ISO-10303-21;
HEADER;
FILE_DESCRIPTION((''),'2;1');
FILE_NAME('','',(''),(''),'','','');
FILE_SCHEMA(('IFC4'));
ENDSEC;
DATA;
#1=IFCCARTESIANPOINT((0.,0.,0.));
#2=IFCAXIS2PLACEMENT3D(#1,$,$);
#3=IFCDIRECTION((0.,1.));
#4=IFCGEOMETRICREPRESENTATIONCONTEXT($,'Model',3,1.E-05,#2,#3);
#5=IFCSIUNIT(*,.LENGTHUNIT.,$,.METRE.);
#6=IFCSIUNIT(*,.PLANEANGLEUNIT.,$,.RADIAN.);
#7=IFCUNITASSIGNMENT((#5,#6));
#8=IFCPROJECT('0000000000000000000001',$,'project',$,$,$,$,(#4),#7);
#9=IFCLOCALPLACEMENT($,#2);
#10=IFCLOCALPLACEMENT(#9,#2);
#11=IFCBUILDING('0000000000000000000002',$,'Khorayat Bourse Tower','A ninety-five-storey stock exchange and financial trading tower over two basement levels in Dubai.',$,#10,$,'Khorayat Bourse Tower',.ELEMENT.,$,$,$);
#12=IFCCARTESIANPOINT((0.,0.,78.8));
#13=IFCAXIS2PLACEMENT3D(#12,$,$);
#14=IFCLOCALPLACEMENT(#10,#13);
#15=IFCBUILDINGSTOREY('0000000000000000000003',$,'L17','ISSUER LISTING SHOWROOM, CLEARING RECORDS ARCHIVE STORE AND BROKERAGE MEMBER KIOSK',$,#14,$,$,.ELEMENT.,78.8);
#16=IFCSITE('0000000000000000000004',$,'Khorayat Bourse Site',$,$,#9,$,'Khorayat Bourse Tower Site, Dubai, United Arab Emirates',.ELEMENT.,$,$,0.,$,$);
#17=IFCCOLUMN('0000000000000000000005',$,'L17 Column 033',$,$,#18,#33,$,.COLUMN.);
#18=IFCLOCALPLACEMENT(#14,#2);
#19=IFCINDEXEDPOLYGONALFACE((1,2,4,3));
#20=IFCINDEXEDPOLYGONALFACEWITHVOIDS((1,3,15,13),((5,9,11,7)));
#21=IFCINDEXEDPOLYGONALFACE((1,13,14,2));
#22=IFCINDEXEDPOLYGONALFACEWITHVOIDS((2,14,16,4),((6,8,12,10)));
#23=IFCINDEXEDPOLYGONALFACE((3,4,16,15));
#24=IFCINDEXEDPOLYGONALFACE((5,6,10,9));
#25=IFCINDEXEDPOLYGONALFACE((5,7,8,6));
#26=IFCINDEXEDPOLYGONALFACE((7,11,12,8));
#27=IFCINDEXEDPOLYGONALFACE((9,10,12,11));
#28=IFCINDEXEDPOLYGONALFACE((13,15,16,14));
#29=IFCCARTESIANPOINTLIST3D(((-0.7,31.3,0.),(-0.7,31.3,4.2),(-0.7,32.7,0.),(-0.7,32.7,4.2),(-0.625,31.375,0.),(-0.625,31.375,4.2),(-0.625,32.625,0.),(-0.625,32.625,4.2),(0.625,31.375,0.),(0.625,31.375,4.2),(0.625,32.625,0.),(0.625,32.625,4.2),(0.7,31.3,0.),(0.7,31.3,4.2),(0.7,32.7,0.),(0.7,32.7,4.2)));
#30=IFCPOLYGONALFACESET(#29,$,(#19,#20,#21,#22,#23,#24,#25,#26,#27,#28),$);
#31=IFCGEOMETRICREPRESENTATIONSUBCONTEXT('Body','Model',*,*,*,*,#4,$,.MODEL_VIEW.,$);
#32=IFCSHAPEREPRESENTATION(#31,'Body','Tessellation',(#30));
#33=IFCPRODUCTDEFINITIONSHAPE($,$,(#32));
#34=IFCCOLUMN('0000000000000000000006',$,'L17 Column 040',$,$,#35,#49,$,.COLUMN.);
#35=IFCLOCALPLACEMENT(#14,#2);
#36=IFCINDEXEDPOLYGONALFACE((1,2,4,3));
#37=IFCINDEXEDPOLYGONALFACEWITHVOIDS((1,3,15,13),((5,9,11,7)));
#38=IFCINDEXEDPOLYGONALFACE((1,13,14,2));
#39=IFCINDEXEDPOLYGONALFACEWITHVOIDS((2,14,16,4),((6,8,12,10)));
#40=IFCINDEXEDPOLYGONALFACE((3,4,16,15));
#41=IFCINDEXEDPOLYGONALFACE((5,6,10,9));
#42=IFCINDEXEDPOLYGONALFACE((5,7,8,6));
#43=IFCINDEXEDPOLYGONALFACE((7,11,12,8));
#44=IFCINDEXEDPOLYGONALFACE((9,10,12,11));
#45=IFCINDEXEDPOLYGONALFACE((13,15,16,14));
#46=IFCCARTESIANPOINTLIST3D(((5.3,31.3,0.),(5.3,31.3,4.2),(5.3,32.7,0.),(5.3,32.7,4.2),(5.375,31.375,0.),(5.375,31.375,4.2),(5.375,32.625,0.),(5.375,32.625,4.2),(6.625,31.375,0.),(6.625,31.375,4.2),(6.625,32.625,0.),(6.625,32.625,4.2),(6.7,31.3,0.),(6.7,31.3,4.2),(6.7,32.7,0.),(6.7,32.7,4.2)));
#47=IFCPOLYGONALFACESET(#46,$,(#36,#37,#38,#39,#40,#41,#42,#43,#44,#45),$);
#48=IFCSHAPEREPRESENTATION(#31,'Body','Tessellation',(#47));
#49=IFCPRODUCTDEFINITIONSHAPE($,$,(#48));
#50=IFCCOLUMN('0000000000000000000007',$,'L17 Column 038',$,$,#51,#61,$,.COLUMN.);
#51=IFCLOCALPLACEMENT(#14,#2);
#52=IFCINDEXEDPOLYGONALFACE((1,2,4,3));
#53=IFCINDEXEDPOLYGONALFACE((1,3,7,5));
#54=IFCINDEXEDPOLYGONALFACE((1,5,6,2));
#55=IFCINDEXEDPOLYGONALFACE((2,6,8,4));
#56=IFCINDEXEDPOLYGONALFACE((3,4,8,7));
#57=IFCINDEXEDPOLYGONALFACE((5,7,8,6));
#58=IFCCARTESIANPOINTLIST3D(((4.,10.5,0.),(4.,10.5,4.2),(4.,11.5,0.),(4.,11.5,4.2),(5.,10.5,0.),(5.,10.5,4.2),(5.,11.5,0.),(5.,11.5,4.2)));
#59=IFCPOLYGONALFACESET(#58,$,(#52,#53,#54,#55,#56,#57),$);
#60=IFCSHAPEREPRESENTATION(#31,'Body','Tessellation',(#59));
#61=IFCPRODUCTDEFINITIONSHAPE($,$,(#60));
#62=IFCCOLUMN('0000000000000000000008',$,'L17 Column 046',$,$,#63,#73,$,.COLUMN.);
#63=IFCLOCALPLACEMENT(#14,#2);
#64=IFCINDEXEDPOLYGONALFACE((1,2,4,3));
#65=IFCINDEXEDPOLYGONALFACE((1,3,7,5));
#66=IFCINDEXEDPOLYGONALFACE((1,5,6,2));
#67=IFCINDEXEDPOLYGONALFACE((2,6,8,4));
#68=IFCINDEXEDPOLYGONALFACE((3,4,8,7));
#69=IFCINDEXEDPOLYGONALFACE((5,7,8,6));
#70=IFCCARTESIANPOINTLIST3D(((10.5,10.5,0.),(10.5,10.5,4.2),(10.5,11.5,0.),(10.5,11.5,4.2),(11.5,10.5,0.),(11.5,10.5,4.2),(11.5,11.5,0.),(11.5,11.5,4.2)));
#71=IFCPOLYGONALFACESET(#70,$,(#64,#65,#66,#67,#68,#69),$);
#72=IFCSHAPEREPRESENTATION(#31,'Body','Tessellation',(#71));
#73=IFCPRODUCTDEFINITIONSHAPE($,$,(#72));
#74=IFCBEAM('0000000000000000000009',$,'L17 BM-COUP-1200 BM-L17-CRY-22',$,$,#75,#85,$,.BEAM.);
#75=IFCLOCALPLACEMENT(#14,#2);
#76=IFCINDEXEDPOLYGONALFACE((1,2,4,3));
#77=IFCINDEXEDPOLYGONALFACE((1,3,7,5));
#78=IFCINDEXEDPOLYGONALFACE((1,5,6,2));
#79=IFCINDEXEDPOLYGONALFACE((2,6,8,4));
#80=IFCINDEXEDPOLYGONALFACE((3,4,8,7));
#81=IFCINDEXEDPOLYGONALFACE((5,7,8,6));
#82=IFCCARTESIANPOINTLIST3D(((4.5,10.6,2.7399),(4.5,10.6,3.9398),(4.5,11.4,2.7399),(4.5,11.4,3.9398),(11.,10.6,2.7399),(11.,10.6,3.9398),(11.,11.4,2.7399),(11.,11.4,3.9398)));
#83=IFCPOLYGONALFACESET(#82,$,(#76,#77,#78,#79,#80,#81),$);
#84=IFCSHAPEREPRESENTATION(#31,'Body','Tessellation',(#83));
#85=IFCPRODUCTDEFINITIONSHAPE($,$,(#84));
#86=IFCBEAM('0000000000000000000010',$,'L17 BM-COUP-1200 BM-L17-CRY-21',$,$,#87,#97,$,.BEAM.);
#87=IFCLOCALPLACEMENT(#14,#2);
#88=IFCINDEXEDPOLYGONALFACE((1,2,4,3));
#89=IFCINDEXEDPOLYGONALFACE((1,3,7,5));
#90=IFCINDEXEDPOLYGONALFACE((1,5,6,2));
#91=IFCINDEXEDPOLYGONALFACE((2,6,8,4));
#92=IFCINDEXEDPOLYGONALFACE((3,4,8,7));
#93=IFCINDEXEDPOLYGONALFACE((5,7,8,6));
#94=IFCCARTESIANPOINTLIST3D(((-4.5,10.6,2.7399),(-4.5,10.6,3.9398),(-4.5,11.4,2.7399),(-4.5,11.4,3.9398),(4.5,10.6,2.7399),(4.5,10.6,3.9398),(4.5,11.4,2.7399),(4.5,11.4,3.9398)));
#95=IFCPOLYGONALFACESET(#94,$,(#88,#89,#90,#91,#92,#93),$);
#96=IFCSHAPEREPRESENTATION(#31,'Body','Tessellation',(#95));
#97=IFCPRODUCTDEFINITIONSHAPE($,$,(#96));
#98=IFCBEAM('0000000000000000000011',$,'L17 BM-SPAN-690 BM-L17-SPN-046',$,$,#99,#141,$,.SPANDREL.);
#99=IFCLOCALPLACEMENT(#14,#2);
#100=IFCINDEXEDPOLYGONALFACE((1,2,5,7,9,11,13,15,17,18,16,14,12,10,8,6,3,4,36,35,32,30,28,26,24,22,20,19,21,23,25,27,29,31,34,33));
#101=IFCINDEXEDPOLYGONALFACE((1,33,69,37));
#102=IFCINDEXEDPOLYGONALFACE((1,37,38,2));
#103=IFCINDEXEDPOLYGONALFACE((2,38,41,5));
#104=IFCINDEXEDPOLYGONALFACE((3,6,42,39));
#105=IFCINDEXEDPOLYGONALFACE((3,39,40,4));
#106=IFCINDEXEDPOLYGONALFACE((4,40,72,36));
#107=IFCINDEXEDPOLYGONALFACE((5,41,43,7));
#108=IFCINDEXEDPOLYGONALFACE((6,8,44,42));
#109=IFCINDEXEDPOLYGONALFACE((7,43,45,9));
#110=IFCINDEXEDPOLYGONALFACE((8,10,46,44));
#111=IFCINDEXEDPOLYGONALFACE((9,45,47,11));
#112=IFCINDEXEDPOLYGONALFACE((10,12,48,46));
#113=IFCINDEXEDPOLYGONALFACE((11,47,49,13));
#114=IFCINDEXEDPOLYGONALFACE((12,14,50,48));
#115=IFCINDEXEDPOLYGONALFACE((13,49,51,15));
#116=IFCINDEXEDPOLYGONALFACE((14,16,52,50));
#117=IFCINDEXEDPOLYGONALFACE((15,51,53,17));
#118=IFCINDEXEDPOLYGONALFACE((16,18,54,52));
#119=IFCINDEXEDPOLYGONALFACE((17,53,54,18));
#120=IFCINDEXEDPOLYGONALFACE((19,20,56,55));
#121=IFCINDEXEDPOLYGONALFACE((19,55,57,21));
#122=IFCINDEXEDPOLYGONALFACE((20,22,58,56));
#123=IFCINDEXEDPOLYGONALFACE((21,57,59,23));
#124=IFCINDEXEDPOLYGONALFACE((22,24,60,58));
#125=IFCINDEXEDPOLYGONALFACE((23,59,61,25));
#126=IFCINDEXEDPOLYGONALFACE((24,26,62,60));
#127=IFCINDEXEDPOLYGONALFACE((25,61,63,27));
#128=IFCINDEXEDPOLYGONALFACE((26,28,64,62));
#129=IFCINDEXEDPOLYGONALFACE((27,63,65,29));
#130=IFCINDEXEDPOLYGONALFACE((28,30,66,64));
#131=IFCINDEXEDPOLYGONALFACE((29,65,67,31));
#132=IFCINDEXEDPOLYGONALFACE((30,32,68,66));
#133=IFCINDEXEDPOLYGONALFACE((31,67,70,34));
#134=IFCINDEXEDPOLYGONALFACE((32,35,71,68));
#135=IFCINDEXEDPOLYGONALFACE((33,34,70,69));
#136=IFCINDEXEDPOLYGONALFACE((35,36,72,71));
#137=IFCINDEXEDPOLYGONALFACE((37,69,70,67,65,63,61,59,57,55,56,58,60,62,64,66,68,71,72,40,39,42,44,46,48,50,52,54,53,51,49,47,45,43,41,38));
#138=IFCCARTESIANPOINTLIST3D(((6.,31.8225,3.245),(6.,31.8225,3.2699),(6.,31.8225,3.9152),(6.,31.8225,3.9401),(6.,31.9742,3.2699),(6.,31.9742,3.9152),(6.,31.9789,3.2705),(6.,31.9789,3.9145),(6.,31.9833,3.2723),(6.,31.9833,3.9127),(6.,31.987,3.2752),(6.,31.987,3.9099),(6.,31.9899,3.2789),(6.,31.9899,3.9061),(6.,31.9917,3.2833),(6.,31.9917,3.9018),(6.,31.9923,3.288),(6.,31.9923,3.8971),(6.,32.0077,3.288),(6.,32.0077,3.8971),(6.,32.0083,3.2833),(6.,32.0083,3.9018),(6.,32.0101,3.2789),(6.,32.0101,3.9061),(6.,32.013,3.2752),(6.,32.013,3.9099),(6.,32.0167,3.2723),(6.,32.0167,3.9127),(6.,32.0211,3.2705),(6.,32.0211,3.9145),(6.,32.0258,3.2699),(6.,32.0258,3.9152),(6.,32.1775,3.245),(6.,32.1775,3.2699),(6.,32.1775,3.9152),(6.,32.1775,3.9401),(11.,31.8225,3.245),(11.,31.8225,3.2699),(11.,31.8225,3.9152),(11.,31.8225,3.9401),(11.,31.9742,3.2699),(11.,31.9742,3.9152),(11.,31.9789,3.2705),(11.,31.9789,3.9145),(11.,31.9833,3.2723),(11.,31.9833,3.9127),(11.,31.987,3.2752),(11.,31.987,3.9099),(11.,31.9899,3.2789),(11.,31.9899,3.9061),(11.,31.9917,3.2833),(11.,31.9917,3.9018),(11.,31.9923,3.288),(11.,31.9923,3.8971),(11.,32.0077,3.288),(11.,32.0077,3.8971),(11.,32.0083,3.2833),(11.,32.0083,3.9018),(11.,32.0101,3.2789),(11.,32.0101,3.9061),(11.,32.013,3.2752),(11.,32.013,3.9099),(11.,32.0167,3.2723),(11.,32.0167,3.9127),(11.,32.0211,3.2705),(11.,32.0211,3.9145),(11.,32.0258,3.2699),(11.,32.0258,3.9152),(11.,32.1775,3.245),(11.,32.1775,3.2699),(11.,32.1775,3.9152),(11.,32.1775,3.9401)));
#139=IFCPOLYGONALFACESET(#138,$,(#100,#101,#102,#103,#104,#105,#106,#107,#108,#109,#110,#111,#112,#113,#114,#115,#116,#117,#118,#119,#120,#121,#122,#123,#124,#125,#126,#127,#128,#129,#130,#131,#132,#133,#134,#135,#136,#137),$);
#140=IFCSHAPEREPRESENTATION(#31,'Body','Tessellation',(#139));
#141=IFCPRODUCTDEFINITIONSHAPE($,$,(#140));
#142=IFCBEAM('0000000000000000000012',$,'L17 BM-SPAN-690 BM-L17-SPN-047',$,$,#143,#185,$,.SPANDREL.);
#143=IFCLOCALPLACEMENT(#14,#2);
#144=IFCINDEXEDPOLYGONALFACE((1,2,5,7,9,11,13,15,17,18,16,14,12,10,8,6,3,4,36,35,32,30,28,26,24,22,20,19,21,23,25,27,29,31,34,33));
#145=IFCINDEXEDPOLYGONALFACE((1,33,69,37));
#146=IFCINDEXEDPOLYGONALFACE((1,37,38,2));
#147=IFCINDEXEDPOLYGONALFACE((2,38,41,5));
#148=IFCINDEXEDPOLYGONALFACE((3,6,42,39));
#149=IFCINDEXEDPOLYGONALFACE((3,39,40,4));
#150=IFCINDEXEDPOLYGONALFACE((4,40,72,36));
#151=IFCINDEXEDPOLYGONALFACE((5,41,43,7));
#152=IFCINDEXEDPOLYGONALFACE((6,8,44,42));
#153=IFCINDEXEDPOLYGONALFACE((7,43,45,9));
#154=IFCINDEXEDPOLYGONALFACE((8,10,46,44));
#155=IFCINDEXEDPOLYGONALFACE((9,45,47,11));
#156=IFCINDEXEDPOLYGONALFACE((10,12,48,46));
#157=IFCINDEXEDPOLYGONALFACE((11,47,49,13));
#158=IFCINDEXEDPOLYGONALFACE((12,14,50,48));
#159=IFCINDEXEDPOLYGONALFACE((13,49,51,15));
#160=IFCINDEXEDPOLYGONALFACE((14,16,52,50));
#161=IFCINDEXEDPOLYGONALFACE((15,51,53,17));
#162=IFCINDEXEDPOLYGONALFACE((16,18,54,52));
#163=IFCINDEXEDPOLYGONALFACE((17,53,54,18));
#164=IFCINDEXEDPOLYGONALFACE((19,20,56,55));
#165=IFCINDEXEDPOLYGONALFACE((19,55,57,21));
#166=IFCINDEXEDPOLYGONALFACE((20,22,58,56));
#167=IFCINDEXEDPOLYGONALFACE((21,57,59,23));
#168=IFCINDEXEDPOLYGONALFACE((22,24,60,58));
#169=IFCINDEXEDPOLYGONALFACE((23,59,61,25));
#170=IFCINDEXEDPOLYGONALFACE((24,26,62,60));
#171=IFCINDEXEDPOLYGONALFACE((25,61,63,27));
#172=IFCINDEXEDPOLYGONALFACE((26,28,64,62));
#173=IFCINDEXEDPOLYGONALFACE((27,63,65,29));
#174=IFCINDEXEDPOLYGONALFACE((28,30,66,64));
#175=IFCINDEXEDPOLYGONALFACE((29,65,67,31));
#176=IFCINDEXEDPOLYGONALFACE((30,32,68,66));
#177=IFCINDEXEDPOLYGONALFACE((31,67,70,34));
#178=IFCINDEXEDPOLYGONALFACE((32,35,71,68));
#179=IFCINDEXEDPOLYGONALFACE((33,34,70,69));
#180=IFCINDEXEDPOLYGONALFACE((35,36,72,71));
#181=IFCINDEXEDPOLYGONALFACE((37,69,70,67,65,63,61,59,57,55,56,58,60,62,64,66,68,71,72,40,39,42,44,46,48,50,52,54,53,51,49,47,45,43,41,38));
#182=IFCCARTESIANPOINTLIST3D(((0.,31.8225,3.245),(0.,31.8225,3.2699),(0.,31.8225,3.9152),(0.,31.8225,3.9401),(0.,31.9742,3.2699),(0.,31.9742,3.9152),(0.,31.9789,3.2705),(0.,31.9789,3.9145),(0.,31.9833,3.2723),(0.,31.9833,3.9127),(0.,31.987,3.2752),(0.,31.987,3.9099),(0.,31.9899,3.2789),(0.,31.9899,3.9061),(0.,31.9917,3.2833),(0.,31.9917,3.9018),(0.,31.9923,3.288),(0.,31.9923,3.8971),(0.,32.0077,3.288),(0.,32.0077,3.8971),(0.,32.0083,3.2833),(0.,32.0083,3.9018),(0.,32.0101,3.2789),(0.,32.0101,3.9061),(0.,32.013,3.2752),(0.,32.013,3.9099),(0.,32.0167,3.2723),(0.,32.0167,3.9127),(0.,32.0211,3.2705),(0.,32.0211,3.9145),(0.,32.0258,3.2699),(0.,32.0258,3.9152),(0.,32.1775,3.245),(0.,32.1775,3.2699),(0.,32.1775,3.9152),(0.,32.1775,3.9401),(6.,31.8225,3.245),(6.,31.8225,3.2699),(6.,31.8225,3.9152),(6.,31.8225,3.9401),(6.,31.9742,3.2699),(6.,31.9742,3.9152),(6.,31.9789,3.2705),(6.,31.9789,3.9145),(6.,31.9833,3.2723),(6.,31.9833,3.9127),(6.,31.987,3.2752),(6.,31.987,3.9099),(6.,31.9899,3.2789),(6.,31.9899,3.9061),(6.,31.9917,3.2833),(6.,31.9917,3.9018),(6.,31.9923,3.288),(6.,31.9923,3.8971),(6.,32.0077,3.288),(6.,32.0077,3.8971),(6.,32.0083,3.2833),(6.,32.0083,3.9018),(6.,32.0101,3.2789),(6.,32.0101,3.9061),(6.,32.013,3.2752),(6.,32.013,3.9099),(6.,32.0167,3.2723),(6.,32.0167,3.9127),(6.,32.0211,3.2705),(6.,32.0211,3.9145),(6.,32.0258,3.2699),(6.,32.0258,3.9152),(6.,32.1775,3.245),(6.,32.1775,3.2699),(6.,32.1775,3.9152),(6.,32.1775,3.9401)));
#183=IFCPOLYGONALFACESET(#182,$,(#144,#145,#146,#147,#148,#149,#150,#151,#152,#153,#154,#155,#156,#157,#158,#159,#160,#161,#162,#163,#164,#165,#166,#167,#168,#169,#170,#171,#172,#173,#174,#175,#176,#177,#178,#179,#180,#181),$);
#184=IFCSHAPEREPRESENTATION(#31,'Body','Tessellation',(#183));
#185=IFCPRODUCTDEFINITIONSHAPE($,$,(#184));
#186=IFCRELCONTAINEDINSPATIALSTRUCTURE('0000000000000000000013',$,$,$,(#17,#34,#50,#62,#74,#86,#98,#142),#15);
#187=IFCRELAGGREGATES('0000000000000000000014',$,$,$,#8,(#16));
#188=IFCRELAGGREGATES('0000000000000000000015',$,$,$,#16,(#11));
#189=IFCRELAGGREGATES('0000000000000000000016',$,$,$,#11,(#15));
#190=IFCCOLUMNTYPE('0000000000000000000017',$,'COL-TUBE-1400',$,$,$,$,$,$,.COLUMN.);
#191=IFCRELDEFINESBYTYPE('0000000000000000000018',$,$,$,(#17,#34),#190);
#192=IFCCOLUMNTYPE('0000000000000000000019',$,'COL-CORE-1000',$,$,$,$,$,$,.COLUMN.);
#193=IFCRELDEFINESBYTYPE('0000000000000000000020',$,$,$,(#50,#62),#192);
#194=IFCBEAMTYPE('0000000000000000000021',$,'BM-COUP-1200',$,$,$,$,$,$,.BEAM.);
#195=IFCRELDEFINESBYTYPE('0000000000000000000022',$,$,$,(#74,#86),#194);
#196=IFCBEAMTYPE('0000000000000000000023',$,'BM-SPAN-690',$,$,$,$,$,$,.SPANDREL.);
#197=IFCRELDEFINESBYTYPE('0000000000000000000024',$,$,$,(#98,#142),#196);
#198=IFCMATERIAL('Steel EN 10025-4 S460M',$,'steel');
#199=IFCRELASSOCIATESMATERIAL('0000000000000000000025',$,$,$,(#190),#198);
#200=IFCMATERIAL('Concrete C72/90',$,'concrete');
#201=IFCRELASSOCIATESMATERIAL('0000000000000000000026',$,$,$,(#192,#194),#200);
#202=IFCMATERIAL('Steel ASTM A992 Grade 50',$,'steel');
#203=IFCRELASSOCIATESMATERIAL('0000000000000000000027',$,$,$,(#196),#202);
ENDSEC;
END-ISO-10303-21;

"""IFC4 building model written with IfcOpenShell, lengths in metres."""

from ifc_helpers import new_model, si_unit, direction, frame, origin, origin_2d, place, context, subcontext, project, spatial, rectangle, hollow_rectangle, i_section, extrude, source, transform, mapped, material, material_profile, profile_set, type_object, element, save


model = new_model("IFC4")

# Units and contexts
model_context = context("Model", 3, precision=1e-05, world=origin(), true_north=direction((0.0, 1.0)))
body_context = subcontext(model_context, "Body", "Model", "MODEL_VIEW")
ifc_project = project(units=[si_unit("LENGTHUNIT", "METRE"), si_unit("PLANEANGLEUNIT", "RADIAN")], contexts=[model_context])

# Site, building, storey
site_placement = place(None, origin())
site = spatial("IfcSite", under=ifc_project, at=site_placement, Name="Khorayat Bourse Site", LongName="Khorayat Bourse Tower Site, Dubai, United Arab Emirates", CompositionType="ELEMENT", RefElevation=0.0)
building_placement = place(site_placement, origin())
building = spatial("IfcBuilding", under=site, at=building_placement, Name="Khorayat Bourse Tower", Description="A ninety-five-storey stock exchange and financial trading tower over two basement levels in Dubai.", LongName="Khorayat Bourse Tower", CompositionType="ELEMENT")
storey_placement = place(building_placement, frame((0.0, 0.0, 78.8)))
storey = spatial("IfcBuildingStorey", under=building, at=storey_placement, Name="L17", Description="ISSUER LISTING SHOWROOM, CLEARING RECORDS ARCHIVE STORE AND BROKERAGE MEMBER KIOSK", CompositionType="ELEMENT", Elevation=78.8)

# Columns
ifc_material_1 = material(Name="Steel EN 10025-4 S460M", Category="steel")
ifc_material_profile_1 = material_profile(ifc_material_1, hollow_rectangle(XDim=1.3999, YDim=1.3999, WallThickness=0.075, at=origin_2d()), Name="BOX 1400x1400x75")
ifc_profile_set_1 = profile_set([ifc_material_profile_1], Name="Steel EN 10025-4 S460M")
column_type_1 = type_object("IfcColumnType", Name="COL-TUBE-1400", PredefinedType="COLUMN", material=ifc_profile_set_1)
shared_shape_1 = source(origin(), body_context, "Body", "SweptSolid", [
    extrude(hollow_rectangle(XDim=1.3999, YDim=1.3999, WallThickness=0.075, at=origin_2d()), origin(), (0.0, 0.0, 1.0), 4.2),
])
for number, where, z_axis, x_axis, name in (
    (1, (0.0, 32.0, 0.0), (0.0, 0.0, 1.0), (1.0, 0.0, 0.0), "L17 Column 033"),
    (2, (6.0, 32.0, 0.0), (0.0, 0.0, 1.0), (1.0, 0.0, 0.0), "L17 Column 040"),
):
    element("IfcColumn", number, at=place(storey_placement, frame(where, z_axis=z_axis, x_axis=x_axis)), inside=storey, type_object=column_type_1, Name=name, PredefinedType="COLUMN", context=body_context, shape_type="MappedRepresentation", body=[
        mapped(shared_shape_1, transform((0.0, 0.0, 0.0), scale=1.0)),
    ])
ifc_material_2 = material(Name="Concrete C72/90", Category="concrete")
ifc_material_profile_2 = material_profile(ifc_material_2, rectangle(XDim=1.0, YDim=1.0, at=origin_2d()), Name="RC 1000x1000")
ifc_profile_set_2 = profile_set([ifc_material_profile_2], Name="Concrete C72/90")
column_type_2 = type_object("IfcColumnType", Name="COL-CORE-1000", PredefinedType="COLUMN", material=ifc_profile_set_2)
shared_shape_2 = source(origin(), body_context, "Body", "SweptSolid", [
    extrude(rectangle(XDim=1.0, YDim=1.0, at=origin_2d()), origin(), (0.0, 0.0, 1.0), 4.2),
])
for number, where, z_axis, x_axis, name in (
    (3, (4.5, 11.0, 0.0), (0.0, 0.0, 1.0), (1.0, 0.0, 0.0), "L17 Column 038"),
    (4, (11.0, 11.0, 0.0), (0.0, 0.0, 1.0), (1.0, 0.0, 0.0), "L17 Column 046"),
):
    element("IfcColumn", number, at=place(storey_placement, frame(where, z_axis=z_axis, x_axis=x_axis)), inside=storey, type_object=column_type_2, Name=name, PredefinedType="COLUMN", context=body_context, shape_type="MappedRepresentation", body=[
        mapped(shared_shape_2, transform((0.0, 0.0, 0.0), scale=1.0)),
    ])

# Beams
ifc_material_profile_3 = material_profile(ifc_material_2, rectangle(XDim=0.8, YDim=1.2, at=origin_2d()), Name="RC 800x1200")
ifc_profile_set_3 = profile_set([ifc_material_profile_3], Name="Concrete C72/90")
beam_type_1 = type_object("IfcBeamType", Name="BM-COUP-1200", PredefinedType="BEAM", material=ifc_profile_set_3)
shared_shape_3 = source(origin(), body_context, "Body", "SweptSolid", [
    extrude(rectangle(XDim=0.8, YDim=1.2, at=origin_2d()), origin(), (0.0, 0.0, 1.0), 6.5),
])
beam_1_placement = place(storey_placement, frame((4.5, 11.0, 3.3398), z_axis=(1.0, 0.0, 0.0), x_axis=(0.0, 1.0, 0.0)))
element("IfcBeam", 5, at=beam_1_placement, inside=storey, type_object=beam_type_1, Name="L17 BM-COUP-1200 BM-L17-CRY-22", PredefinedType="BEAM", context=body_context, shape_type="MappedRepresentation", body=[
    mapped(shared_shape_3, transform((0.0, 0.0, 0.0), scale=1.0)),
])
shared_shape_4 = source(origin(), body_context, "Body", "SweptSolid", [
    extrude(rectangle(XDim=0.8, YDim=1.2, at=origin_2d()), origin(), (0.0, 0.0, 1.0), 9.0),
])
beam_2_placement = place(storey_placement, frame((-4.5, 11.0, 3.3398), z_axis=(1.0, 0.0, 0.0), x_axis=(0.0, 1.0, 0.0)))
element("IfcBeam", 6, at=beam_2_placement, inside=storey, type_object=beam_type_1, Name="L17 BM-COUP-1200 BM-L17-CRY-21", PredefinedType="BEAM", context=body_context, shape_type="MappedRepresentation", body=[
    mapped(shared_shape_4, transform((0.0, 0.0, 0.0), scale=1.0)),
])
ifc_material_3 = material(Name="Steel ASTM A992 Grade 50", Category="steel")
ifc_material_profile_4 = material_profile(ifc_material_3, i_section(OverallWidth=0.355, OverallDepth=0.6951, WebThickness=0.0154, FlangeThickness=0.0249, FilletRadius=0.0181, at=origin_2d()), Name="W690X217")
ifc_profile_set_4 = profile_set([ifc_material_profile_4], Name="Steel ASTM A992 Grade 50")
beam_type_2 = type_object("IfcBeamType", Name="BM-SPAN-690", PredefinedType="SPANDREL", material=ifc_profile_set_4)
shared_shape_5 = source(origin(), body_context, "Body", "SweptSolid", [
    extrude(i_section(OverallWidth=0.355, OverallDepth=0.6951, WebThickness=0.0154, FlangeThickness=0.0249, FilletRadius=0.0181, at=origin_2d()), origin(), (0.0, 0.0, 1.0), 5.0),
])
beam_3_placement = place(storey_placement, frame((6.0, 32.0, 3.5925), z_axis=(1.0, 0.0, 0.0), x_axis=(0.0, 1.0, 0.0)))
element("IfcBeam", 7, at=beam_3_placement, inside=storey, type_object=beam_type_2, Name="L17 BM-SPAN-690 BM-L17-SPN-046", PredefinedType="SPANDREL", context=body_context, shape_type="MappedRepresentation", body=[
    mapped(shared_shape_5, transform((0.0, 0.0, 0.0), scale=1.0)),
])
shared_shape_6 = source(origin(), body_context, "Body", "SweptSolid", [
    extrude(i_section(OverallWidth=0.355, OverallDepth=0.6951, WebThickness=0.0154, FlangeThickness=0.0249, FilletRadius=0.0181, at=origin_2d()), origin(), (0.0, 0.0, 1.0), 6.0),
])
beam_4_placement = place(storey_placement, frame((0.0, 32.0, 3.5925), z_axis=(1.0, 0.0, 0.0), x_axis=(0.0, 1.0, 0.0)))
element("IfcBeam", 8, at=beam_4_placement, inside=storey, type_object=beam_type_2, Name="L17 BM-SPAN-690 BM-L17-SPN-047", PredefinedType="SPANDREL", context=body_context, shape_type="MappedRepresentation", body=[
    mapped(shared_shape_6, transform((0.0, 0.0, 0.0), scale=1.0)),
])

save(model, "model.ifc")
